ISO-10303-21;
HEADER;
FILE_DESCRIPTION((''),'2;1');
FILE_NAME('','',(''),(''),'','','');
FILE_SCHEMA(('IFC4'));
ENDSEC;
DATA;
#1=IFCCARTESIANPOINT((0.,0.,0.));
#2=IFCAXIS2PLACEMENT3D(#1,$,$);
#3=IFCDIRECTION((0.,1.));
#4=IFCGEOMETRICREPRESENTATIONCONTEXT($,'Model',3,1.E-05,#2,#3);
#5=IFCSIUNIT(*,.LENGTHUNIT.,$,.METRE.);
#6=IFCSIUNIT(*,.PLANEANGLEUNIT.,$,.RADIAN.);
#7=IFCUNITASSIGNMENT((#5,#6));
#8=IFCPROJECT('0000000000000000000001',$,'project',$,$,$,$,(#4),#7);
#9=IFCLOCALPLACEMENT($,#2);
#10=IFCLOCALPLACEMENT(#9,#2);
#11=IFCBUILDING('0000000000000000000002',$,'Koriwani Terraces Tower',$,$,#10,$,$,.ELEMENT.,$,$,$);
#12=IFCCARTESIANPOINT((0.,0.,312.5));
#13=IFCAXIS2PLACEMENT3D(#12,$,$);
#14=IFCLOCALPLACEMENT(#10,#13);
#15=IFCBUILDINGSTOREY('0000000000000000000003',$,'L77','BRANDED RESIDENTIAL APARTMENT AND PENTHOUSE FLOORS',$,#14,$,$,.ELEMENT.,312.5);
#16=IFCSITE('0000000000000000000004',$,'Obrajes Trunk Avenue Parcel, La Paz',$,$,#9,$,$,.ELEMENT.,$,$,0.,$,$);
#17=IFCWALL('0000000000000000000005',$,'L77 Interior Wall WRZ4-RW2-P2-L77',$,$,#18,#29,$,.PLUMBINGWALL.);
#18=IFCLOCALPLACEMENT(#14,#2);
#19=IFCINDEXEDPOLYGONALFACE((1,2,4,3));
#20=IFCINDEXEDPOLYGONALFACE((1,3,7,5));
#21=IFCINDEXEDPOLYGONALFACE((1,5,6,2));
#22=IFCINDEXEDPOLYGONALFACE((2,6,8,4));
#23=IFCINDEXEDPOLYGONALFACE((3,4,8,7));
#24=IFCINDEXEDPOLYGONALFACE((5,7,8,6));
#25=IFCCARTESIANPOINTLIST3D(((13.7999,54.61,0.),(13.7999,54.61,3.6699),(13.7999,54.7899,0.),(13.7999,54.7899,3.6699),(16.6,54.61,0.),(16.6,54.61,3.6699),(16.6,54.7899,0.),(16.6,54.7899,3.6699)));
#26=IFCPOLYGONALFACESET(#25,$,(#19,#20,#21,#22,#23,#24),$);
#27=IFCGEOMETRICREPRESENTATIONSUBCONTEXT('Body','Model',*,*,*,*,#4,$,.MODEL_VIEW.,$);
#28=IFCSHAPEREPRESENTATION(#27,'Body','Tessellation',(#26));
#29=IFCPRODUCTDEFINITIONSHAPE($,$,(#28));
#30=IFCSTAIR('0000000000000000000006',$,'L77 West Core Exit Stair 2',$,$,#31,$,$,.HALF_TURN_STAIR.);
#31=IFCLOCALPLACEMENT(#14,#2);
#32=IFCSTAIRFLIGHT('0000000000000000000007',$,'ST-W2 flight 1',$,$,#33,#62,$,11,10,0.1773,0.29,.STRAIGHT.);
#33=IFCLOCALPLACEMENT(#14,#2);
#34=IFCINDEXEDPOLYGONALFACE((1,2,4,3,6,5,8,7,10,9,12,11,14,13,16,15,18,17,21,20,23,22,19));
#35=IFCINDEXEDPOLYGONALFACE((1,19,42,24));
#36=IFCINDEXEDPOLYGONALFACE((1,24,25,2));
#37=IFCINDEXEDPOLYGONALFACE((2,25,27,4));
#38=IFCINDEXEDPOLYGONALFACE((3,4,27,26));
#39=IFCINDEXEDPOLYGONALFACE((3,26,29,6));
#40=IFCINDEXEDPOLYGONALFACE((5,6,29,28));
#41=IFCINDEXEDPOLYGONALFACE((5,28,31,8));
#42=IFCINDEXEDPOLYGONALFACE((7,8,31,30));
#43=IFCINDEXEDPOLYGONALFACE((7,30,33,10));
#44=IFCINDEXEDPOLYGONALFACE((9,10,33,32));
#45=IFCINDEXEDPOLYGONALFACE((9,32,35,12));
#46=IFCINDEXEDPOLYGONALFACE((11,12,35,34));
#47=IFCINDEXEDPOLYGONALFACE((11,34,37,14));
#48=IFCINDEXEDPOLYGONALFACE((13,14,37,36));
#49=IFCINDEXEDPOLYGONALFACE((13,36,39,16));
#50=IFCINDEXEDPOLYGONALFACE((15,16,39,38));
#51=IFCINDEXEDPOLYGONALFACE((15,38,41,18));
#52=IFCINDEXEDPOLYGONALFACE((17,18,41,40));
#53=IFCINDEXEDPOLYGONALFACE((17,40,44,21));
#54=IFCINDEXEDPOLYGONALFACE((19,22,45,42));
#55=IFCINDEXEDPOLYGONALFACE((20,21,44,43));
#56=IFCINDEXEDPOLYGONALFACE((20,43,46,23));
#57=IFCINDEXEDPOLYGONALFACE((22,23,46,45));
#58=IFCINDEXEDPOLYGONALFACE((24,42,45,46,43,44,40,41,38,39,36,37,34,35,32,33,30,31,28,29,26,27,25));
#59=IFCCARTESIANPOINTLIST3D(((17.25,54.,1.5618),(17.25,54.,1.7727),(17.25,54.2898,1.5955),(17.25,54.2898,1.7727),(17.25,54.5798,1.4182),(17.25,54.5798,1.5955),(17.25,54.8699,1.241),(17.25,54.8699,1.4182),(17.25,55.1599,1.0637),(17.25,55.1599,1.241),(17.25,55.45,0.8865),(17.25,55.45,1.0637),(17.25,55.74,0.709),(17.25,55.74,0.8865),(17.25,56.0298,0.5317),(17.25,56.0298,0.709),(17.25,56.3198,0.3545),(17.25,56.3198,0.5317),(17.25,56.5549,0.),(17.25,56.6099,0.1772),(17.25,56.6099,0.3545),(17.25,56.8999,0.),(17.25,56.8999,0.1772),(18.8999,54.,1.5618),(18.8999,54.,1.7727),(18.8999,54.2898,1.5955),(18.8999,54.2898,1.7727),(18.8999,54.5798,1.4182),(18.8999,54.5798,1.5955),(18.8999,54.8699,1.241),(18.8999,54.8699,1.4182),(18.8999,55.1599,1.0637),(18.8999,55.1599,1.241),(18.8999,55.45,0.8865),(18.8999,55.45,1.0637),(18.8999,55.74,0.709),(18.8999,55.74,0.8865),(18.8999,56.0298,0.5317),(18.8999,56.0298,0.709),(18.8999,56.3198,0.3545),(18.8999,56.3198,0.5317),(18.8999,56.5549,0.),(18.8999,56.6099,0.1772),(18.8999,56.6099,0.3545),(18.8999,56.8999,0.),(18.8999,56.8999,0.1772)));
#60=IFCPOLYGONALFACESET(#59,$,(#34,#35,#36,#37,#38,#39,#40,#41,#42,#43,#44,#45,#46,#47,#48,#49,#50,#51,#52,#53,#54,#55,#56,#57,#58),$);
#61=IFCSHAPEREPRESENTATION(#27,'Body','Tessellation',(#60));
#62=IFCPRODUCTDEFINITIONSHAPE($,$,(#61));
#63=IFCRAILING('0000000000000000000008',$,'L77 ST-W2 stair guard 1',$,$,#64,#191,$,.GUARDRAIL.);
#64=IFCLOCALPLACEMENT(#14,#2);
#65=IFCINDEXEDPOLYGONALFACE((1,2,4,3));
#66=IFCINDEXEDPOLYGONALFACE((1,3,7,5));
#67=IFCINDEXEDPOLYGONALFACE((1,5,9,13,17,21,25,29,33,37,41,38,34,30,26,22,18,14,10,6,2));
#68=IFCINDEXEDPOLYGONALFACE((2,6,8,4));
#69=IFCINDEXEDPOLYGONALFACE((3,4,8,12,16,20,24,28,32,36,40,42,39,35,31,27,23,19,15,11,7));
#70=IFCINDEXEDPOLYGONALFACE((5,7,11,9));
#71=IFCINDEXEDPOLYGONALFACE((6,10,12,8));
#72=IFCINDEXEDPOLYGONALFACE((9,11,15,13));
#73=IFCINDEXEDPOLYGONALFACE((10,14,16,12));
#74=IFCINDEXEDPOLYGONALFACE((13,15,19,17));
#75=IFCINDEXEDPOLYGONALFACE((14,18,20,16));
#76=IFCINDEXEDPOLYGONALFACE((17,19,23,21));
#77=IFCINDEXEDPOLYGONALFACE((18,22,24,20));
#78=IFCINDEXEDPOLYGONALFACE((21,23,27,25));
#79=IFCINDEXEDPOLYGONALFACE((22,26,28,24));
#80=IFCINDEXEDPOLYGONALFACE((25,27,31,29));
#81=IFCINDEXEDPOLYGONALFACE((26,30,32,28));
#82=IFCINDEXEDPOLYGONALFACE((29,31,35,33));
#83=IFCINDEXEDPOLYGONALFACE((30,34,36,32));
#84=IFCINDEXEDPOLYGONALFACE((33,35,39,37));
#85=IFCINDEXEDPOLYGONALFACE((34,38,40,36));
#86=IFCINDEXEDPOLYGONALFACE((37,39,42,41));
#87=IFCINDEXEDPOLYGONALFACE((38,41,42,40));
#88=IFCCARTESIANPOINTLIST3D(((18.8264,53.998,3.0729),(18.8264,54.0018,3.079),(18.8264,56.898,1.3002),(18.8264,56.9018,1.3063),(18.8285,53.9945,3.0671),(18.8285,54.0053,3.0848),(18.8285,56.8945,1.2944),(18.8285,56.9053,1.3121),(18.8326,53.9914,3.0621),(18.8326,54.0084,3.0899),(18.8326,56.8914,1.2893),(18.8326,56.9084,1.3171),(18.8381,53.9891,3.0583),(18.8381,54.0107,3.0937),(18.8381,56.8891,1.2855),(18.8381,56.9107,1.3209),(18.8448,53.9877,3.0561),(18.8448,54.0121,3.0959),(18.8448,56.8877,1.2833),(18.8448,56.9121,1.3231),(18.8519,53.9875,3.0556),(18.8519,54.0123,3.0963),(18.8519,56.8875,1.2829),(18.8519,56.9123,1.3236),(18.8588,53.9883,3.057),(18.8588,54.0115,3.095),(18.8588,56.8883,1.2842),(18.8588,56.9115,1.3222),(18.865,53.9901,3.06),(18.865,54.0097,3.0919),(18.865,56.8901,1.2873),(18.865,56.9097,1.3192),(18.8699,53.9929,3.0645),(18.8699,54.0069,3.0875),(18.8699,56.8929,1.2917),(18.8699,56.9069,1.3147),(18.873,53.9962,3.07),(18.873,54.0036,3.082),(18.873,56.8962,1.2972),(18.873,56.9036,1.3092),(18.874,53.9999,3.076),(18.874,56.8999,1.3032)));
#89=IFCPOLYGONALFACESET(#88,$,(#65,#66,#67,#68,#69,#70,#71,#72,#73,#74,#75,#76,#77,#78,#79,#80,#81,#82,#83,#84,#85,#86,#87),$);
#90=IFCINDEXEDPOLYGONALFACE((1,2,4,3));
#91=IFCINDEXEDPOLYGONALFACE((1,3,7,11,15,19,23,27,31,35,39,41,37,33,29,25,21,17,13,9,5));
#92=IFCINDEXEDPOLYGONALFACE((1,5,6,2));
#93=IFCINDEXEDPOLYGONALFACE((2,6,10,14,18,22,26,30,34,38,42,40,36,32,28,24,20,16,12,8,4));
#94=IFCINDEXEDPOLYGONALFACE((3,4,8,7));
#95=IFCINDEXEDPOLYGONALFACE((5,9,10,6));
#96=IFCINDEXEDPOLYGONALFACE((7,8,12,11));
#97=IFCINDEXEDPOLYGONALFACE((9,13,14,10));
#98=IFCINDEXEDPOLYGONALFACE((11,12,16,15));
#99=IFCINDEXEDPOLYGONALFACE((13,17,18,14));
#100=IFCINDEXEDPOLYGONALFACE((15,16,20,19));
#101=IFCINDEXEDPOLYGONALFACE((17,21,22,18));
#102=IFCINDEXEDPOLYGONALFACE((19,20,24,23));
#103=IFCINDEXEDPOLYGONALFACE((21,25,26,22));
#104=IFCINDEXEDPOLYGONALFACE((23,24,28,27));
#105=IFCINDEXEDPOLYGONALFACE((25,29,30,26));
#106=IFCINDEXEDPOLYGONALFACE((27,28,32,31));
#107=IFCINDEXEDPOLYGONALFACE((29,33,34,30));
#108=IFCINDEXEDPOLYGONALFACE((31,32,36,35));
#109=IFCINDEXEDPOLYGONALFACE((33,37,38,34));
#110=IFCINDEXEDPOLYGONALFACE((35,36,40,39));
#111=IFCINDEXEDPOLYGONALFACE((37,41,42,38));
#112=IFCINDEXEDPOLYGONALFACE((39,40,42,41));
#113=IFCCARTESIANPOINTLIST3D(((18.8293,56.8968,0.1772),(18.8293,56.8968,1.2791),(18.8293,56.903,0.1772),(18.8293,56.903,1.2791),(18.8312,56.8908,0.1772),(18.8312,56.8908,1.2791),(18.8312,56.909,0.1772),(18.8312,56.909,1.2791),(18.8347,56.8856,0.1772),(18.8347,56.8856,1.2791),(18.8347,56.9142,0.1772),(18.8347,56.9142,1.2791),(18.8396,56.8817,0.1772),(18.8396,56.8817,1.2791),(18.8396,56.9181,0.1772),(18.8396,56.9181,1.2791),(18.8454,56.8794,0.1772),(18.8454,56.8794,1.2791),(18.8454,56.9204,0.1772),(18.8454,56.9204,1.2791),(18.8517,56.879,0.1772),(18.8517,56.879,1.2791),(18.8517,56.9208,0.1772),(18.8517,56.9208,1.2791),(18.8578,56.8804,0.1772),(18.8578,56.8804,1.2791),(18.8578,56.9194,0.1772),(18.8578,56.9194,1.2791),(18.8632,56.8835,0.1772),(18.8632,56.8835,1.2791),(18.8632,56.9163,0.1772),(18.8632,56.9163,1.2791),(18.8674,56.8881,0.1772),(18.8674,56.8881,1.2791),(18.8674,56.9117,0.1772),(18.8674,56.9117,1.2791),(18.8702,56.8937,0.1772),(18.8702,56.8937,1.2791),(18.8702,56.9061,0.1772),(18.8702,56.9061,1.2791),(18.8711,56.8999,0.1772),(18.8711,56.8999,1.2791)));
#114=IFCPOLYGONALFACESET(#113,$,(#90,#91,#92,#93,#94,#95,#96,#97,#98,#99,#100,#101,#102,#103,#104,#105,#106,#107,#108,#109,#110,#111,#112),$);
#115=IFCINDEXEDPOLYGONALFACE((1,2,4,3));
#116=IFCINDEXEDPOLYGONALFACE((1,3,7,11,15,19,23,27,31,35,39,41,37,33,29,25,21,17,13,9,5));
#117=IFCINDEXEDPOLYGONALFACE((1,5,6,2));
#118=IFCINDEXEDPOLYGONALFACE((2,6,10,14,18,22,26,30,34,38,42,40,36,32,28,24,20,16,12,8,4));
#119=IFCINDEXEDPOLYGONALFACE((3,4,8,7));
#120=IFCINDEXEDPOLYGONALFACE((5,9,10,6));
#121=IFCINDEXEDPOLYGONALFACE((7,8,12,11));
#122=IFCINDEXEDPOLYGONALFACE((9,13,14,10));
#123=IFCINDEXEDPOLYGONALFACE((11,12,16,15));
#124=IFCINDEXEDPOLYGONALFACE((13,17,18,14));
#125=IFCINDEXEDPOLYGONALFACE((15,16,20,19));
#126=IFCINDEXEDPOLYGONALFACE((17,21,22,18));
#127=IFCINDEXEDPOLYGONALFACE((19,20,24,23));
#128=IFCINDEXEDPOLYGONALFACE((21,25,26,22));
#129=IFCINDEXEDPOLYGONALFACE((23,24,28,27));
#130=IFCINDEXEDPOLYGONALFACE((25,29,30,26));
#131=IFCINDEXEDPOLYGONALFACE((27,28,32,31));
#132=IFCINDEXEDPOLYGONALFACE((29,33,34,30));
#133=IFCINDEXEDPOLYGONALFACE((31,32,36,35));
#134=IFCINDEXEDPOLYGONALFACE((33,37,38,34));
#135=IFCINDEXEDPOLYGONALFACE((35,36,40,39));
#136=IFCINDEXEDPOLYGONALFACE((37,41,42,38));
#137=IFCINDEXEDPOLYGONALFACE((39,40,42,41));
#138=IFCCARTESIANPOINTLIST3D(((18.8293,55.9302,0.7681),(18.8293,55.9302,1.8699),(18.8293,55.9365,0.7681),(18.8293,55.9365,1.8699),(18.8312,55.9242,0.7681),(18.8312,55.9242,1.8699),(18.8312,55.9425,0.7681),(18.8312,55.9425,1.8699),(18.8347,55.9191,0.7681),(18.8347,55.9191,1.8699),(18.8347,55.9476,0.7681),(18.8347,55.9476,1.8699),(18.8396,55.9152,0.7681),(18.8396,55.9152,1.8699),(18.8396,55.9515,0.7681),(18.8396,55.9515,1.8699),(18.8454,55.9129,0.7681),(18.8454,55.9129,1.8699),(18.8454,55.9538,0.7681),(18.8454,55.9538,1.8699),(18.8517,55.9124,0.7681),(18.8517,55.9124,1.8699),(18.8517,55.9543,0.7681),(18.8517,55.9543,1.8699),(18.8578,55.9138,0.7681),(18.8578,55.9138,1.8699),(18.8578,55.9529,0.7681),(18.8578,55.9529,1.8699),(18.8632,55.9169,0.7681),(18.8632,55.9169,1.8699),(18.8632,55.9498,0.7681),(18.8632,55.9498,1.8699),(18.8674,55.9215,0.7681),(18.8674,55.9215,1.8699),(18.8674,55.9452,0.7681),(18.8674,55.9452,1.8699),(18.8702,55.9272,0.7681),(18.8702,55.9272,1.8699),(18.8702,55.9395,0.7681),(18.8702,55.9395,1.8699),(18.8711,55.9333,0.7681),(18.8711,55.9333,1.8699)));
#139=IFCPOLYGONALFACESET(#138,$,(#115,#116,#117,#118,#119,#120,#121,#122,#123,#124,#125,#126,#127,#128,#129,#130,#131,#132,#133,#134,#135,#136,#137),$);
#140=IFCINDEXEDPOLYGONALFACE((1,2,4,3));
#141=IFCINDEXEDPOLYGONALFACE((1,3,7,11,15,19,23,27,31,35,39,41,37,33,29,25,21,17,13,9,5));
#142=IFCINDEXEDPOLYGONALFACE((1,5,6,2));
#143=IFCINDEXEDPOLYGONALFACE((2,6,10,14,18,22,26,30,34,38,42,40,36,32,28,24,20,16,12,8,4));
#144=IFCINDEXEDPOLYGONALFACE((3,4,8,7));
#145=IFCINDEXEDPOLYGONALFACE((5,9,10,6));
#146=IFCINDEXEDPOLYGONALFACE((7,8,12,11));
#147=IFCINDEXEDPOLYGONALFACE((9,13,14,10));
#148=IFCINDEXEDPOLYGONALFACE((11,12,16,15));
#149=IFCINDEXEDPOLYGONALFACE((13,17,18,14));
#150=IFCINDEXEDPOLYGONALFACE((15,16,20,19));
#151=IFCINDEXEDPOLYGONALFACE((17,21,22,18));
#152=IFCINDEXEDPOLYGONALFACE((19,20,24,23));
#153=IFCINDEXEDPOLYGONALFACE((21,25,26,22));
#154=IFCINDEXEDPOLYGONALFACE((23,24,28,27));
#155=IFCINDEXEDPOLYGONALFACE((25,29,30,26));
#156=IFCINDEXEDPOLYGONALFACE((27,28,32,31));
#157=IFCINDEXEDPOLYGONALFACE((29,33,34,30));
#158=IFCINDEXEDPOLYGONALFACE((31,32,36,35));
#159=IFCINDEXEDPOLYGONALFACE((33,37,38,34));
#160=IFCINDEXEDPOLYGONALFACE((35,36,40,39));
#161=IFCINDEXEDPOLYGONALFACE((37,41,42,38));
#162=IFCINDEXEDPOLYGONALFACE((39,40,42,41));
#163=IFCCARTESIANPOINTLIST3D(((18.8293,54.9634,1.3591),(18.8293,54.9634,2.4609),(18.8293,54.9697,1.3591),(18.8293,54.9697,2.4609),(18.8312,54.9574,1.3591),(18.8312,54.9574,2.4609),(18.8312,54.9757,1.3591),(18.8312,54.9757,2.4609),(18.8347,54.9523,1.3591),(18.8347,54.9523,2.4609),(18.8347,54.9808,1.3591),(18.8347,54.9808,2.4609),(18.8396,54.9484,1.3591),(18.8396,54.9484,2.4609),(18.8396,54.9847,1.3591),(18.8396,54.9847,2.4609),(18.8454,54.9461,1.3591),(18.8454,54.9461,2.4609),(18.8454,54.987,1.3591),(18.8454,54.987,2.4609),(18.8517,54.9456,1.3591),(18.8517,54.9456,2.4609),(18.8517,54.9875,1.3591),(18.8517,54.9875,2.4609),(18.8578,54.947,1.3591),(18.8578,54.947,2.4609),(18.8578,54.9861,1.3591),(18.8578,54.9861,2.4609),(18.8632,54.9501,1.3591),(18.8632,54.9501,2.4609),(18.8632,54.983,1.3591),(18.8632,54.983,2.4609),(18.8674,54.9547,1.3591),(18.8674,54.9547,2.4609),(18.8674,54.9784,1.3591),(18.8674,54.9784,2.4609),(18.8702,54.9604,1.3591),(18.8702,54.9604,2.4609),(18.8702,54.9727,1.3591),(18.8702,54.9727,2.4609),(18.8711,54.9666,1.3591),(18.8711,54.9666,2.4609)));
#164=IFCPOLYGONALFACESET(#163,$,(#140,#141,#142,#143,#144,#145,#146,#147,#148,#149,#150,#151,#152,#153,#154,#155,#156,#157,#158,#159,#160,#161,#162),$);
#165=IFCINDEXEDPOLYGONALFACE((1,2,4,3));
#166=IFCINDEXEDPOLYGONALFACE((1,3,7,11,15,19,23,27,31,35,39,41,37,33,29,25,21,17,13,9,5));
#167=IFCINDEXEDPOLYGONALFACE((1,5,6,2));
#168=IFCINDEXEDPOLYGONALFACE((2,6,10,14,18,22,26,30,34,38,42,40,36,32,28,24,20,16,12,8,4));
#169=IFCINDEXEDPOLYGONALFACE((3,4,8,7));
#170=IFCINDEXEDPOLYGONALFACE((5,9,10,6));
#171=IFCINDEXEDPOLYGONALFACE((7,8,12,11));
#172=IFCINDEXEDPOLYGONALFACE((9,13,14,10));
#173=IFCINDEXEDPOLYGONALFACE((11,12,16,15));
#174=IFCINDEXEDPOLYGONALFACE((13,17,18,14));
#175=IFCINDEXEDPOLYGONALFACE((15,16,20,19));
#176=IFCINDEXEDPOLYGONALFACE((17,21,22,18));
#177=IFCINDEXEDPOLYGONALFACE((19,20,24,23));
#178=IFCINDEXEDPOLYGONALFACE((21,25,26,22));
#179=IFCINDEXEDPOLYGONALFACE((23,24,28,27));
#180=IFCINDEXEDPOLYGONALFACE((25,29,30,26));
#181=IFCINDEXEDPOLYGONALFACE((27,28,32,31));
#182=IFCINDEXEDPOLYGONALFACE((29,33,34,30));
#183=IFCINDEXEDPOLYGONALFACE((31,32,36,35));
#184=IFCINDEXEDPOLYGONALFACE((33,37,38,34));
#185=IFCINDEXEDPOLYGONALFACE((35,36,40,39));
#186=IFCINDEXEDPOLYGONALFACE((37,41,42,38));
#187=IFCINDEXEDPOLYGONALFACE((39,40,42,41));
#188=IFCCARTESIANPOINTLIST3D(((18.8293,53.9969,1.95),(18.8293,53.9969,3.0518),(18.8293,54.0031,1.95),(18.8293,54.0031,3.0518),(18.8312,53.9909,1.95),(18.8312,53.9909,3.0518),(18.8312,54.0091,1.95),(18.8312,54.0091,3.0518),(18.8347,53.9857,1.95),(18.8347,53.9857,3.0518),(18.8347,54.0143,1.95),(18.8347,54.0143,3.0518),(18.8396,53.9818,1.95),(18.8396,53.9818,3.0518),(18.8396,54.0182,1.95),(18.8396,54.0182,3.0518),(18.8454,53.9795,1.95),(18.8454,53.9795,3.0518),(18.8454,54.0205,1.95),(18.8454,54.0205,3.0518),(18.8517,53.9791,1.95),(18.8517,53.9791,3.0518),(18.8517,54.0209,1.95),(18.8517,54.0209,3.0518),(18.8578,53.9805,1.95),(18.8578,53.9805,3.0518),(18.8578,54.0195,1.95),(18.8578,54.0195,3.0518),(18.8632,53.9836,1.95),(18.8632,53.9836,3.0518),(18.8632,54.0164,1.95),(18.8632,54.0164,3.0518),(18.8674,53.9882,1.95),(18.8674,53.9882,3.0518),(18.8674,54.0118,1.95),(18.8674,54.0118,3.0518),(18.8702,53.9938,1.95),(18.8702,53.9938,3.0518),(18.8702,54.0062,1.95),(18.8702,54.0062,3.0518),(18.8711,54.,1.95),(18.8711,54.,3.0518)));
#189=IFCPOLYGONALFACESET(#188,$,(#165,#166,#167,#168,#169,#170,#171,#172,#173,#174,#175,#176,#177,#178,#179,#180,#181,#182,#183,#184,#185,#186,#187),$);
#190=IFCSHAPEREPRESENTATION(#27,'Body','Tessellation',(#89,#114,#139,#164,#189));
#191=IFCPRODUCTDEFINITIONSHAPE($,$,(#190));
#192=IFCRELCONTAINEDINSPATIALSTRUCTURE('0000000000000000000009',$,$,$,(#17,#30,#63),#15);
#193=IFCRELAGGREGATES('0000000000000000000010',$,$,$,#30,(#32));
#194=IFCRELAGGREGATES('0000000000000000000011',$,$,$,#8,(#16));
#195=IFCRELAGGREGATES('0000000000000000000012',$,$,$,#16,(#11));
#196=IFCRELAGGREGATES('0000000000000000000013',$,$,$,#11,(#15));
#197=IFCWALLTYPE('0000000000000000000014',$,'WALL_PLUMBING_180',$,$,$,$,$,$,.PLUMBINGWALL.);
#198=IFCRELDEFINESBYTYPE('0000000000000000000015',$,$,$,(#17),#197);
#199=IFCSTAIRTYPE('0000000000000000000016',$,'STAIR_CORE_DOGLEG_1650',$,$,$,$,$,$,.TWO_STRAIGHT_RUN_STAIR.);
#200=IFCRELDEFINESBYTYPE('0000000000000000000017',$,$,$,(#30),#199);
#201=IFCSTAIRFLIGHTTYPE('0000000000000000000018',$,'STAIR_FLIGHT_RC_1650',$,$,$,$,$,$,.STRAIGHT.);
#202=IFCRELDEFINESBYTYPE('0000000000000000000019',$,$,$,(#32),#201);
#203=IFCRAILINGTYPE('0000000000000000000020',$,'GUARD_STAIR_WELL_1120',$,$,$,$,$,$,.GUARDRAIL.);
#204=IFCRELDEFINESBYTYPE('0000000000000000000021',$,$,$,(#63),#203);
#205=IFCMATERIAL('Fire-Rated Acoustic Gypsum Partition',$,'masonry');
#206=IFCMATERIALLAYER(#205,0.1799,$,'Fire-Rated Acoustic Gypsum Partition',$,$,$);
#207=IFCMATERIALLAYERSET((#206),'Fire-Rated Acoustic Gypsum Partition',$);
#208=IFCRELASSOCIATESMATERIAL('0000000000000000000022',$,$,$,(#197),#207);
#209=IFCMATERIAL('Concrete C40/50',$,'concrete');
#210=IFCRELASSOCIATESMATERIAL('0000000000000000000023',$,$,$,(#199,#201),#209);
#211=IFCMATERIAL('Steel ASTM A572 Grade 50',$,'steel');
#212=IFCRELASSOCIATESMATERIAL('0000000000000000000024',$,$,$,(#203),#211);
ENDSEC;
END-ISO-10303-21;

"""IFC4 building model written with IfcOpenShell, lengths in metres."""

from ifc_helpers import new_model, si_unit, direction, frame, frame_2d, origin, origin_2d, place, context, subcontext, project, spatial, polyline, rectangle, circle, outline, extrude, material, layer, layer_set, type_object, element, aggregate, save


model = new_model("IFC4")

# Units and contexts
model_context = context("Model", 3, precision=1e-05, world=origin(), true_north=direction((0.0, 1.0)))
body_context = subcontext(model_context, "Body", "Model", "MODEL_VIEW")
ifc_project = project(units=[si_unit("LENGTHUNIT", "METRE"), si_unit("PLANEANGLEUNIT", "RADIAN")], contexts=[model_context])

# Site, building, storey
site_placement = place(None, origin())
site = spatial("IfcSite", under=ifc_project, at=site_placement, Name="Obrajes Trunk Avenue Parcel, La Paz", CompositionType="ELEMENT", RefElevation=0.0)
building_placement = place(site_placement, origin())
building = spatial("IfcBuilding", under=site, at=building_placement, Name="Koriwani Terraces Tower", CompositionType="ELEMENT")
storey_placement = place(building_placement, frame((0.0, 0.0, 312.5)))
storey = spatial("IfcBuildingStorey", under=building, at=storey_placement, Name="L77", Description="BRANDED RESIDENTIAL APARTMENT AND PENTHOUSE FLOORS", CompositionType="ELEMENT", Elevation=312.5)

# Shared definitions
ifc_material_1 = material(Name="Concrete C40/50", Category="concrete")
ifc_material_2 = material(Name="Steel ASTM A572 Grade 50", Category="steel")

# Shared definitions
ifc_material_3 = material(Name="Fire-Rated Acoustic Gypsum Partition", Category="masonry")
ifc_layer_1 = layer(ifc_material_3, 0.1799, Name="Fire-Rated Acoustic Gypsum Partition")
ifc_layer_set_1 = layer_set([ifc_layer_1], Name="Fire-Rated Acoustic Gypsum Partition")
wall_type_1 = type_object("IfcWallType", Name="WALL_PLUMBING_180", PredefinedType="PLUMBINGWALL", material=ifc_layer_set_1)

# Wall
wall_1_placement = place(storey_placement, frame((13.8, 54.7, 0.0), z_axis=(0.0, 0.0, 1.0), x_axis=(1.0, 0.0, 0.0)))
element("IfcWall", 1, at=wall_1_placement, inside=storey, type_object=wall_type_1, Name="L77 Interior Wall WRZ4-RW2-P2-L77", PredefinedType="PLUMBINGWALL", context=body_context, shape_type="SweptSolid", body=[
    extrude(rectangle(XDim=2.8, YDim=0.1799, at=frame_2d((1.3999, 0.0))), origin(), (0.0, 0.0, 1.0), 3.6699),
])

# Stair, stair flight
stair_type = type_object("IfcStairType", Name="STAIR_CORE_DOGLEG_1650", PredefinedType="TWO_STRAIGHT_RUN_STAIR", material=ifc_material_1)
stair_placement = place(storey_placement, origin())
stair = element("IfcStair", 2, at=stair_placement, inside=storey, type_object=stair_type, Name="L77 West Core Exit Stair 2", PredefinedType="HALF_TURN_STAIR")
stair_flight_type = type_object("IfcStairFlightType", Name="STAIR_FLIGHT_RC_1650", PredefinedType="STRAIGHT", material=ifc_material_1)
stair_flight_placement = place(storey_placement, frame((18.075, 56.8999, 0.0), z_axis=(0.0, 0.0, 1.0), x_axis=(0.0, -1.0, 0.0)))
stair_flight = element("IfcStairFlight", 3, at=stair_flight_placement, type_object=stair_flight_type, Name="ST-W2 flight 1", NumberOfRisers=11, NumberOfTreads=10, PredefinedType="STRAIGHT", RiserHeight=0.1773, TreadLength=0.29, context=body_context, shape_type="SweptSolid", body=[
    extrude(outline(polyline([(0.0, 0.0), (0.0, 0.1772), (0.29, 0.1772), (0.29, 0.3545), (0.5801, 0.3545), (0.5801, 0.5317), (0.8701, 0.5317), (0.8701, 0.709), (1.1599, 0.709), (1.1599, 0.8865), (1.45, 0.8865), (1.45, 1.0637), (1.74, 1.0637), (1.74, 1.241), (2.03, 1.241), (2.03, 1.4182), (2.3201, 1.4182), (2.3201, 1.5955), (2.6101, 1.5955), (2.6101, 1.7727), (2.8999, 1.7727), (2.8999, 1.95), (2.8999, 1.5618), (0.345, 0.0), (0.0, 0.0)])), frame((0.0, 0.825, 0.0), z_axis=(0.0, -1.0, 0.0), x_axis=(1.0, 0.0, 0.0)), (0.0, 0.0, 1.0), 1.6499),
])
aggregate(stair, [stair_flight])

# Railing
railing_type_1 = type_object("IfcRailingType", Name="GUARD_STAIR_WELL_1120", PredefinedType="GUARDRAIL", material=ifc_material_2)
railing_1_placement = place(storey_placement, frame((18.8501, 56.8999, 0.1772)))
element("IfcRailing", 4, at=railing_1_placement, inside=storey, type_object=railing_type_1, Name="L77 ST-W2 stair guard 1", PredefinedType="GUARDRAIL", context=body_context, shape_type="SweptSolid", body=[
    extrude(circle(Radius=0.0239, at=origin_2d()), frame((0.0, 0.0, 1.126), z_axis=(0.0, -0.853211, 0.521566), x_axis=(1.0, 0.0, 0.0)), (0.0, 0.0, 1.0), 3.3989),
    extrude(circle(Radius=0.021, at=origin_2d()), origin(), (0.0, 0.0, 1.0), 1.1018),
    extrude(circle(Radius=0.021, at=origin_2d()), frame((0.0, -0.9666, 0.5908)), (0.0, 0.0, 1.0), 1.1018),
    extrude(circle(Radius=0.021, at=origin_2d()), frame((0.0, -1.9333, 1.1819)), (0.0, 0.0, 1.0), 1.1018),
    extrude(circle(Radius=0.021, at=origin_2d()), frame((0.0, -2.8999, 1.7727)), (0.0, 0.0, 1.0), 1.1018),
])

save(model, "model.ifc")
